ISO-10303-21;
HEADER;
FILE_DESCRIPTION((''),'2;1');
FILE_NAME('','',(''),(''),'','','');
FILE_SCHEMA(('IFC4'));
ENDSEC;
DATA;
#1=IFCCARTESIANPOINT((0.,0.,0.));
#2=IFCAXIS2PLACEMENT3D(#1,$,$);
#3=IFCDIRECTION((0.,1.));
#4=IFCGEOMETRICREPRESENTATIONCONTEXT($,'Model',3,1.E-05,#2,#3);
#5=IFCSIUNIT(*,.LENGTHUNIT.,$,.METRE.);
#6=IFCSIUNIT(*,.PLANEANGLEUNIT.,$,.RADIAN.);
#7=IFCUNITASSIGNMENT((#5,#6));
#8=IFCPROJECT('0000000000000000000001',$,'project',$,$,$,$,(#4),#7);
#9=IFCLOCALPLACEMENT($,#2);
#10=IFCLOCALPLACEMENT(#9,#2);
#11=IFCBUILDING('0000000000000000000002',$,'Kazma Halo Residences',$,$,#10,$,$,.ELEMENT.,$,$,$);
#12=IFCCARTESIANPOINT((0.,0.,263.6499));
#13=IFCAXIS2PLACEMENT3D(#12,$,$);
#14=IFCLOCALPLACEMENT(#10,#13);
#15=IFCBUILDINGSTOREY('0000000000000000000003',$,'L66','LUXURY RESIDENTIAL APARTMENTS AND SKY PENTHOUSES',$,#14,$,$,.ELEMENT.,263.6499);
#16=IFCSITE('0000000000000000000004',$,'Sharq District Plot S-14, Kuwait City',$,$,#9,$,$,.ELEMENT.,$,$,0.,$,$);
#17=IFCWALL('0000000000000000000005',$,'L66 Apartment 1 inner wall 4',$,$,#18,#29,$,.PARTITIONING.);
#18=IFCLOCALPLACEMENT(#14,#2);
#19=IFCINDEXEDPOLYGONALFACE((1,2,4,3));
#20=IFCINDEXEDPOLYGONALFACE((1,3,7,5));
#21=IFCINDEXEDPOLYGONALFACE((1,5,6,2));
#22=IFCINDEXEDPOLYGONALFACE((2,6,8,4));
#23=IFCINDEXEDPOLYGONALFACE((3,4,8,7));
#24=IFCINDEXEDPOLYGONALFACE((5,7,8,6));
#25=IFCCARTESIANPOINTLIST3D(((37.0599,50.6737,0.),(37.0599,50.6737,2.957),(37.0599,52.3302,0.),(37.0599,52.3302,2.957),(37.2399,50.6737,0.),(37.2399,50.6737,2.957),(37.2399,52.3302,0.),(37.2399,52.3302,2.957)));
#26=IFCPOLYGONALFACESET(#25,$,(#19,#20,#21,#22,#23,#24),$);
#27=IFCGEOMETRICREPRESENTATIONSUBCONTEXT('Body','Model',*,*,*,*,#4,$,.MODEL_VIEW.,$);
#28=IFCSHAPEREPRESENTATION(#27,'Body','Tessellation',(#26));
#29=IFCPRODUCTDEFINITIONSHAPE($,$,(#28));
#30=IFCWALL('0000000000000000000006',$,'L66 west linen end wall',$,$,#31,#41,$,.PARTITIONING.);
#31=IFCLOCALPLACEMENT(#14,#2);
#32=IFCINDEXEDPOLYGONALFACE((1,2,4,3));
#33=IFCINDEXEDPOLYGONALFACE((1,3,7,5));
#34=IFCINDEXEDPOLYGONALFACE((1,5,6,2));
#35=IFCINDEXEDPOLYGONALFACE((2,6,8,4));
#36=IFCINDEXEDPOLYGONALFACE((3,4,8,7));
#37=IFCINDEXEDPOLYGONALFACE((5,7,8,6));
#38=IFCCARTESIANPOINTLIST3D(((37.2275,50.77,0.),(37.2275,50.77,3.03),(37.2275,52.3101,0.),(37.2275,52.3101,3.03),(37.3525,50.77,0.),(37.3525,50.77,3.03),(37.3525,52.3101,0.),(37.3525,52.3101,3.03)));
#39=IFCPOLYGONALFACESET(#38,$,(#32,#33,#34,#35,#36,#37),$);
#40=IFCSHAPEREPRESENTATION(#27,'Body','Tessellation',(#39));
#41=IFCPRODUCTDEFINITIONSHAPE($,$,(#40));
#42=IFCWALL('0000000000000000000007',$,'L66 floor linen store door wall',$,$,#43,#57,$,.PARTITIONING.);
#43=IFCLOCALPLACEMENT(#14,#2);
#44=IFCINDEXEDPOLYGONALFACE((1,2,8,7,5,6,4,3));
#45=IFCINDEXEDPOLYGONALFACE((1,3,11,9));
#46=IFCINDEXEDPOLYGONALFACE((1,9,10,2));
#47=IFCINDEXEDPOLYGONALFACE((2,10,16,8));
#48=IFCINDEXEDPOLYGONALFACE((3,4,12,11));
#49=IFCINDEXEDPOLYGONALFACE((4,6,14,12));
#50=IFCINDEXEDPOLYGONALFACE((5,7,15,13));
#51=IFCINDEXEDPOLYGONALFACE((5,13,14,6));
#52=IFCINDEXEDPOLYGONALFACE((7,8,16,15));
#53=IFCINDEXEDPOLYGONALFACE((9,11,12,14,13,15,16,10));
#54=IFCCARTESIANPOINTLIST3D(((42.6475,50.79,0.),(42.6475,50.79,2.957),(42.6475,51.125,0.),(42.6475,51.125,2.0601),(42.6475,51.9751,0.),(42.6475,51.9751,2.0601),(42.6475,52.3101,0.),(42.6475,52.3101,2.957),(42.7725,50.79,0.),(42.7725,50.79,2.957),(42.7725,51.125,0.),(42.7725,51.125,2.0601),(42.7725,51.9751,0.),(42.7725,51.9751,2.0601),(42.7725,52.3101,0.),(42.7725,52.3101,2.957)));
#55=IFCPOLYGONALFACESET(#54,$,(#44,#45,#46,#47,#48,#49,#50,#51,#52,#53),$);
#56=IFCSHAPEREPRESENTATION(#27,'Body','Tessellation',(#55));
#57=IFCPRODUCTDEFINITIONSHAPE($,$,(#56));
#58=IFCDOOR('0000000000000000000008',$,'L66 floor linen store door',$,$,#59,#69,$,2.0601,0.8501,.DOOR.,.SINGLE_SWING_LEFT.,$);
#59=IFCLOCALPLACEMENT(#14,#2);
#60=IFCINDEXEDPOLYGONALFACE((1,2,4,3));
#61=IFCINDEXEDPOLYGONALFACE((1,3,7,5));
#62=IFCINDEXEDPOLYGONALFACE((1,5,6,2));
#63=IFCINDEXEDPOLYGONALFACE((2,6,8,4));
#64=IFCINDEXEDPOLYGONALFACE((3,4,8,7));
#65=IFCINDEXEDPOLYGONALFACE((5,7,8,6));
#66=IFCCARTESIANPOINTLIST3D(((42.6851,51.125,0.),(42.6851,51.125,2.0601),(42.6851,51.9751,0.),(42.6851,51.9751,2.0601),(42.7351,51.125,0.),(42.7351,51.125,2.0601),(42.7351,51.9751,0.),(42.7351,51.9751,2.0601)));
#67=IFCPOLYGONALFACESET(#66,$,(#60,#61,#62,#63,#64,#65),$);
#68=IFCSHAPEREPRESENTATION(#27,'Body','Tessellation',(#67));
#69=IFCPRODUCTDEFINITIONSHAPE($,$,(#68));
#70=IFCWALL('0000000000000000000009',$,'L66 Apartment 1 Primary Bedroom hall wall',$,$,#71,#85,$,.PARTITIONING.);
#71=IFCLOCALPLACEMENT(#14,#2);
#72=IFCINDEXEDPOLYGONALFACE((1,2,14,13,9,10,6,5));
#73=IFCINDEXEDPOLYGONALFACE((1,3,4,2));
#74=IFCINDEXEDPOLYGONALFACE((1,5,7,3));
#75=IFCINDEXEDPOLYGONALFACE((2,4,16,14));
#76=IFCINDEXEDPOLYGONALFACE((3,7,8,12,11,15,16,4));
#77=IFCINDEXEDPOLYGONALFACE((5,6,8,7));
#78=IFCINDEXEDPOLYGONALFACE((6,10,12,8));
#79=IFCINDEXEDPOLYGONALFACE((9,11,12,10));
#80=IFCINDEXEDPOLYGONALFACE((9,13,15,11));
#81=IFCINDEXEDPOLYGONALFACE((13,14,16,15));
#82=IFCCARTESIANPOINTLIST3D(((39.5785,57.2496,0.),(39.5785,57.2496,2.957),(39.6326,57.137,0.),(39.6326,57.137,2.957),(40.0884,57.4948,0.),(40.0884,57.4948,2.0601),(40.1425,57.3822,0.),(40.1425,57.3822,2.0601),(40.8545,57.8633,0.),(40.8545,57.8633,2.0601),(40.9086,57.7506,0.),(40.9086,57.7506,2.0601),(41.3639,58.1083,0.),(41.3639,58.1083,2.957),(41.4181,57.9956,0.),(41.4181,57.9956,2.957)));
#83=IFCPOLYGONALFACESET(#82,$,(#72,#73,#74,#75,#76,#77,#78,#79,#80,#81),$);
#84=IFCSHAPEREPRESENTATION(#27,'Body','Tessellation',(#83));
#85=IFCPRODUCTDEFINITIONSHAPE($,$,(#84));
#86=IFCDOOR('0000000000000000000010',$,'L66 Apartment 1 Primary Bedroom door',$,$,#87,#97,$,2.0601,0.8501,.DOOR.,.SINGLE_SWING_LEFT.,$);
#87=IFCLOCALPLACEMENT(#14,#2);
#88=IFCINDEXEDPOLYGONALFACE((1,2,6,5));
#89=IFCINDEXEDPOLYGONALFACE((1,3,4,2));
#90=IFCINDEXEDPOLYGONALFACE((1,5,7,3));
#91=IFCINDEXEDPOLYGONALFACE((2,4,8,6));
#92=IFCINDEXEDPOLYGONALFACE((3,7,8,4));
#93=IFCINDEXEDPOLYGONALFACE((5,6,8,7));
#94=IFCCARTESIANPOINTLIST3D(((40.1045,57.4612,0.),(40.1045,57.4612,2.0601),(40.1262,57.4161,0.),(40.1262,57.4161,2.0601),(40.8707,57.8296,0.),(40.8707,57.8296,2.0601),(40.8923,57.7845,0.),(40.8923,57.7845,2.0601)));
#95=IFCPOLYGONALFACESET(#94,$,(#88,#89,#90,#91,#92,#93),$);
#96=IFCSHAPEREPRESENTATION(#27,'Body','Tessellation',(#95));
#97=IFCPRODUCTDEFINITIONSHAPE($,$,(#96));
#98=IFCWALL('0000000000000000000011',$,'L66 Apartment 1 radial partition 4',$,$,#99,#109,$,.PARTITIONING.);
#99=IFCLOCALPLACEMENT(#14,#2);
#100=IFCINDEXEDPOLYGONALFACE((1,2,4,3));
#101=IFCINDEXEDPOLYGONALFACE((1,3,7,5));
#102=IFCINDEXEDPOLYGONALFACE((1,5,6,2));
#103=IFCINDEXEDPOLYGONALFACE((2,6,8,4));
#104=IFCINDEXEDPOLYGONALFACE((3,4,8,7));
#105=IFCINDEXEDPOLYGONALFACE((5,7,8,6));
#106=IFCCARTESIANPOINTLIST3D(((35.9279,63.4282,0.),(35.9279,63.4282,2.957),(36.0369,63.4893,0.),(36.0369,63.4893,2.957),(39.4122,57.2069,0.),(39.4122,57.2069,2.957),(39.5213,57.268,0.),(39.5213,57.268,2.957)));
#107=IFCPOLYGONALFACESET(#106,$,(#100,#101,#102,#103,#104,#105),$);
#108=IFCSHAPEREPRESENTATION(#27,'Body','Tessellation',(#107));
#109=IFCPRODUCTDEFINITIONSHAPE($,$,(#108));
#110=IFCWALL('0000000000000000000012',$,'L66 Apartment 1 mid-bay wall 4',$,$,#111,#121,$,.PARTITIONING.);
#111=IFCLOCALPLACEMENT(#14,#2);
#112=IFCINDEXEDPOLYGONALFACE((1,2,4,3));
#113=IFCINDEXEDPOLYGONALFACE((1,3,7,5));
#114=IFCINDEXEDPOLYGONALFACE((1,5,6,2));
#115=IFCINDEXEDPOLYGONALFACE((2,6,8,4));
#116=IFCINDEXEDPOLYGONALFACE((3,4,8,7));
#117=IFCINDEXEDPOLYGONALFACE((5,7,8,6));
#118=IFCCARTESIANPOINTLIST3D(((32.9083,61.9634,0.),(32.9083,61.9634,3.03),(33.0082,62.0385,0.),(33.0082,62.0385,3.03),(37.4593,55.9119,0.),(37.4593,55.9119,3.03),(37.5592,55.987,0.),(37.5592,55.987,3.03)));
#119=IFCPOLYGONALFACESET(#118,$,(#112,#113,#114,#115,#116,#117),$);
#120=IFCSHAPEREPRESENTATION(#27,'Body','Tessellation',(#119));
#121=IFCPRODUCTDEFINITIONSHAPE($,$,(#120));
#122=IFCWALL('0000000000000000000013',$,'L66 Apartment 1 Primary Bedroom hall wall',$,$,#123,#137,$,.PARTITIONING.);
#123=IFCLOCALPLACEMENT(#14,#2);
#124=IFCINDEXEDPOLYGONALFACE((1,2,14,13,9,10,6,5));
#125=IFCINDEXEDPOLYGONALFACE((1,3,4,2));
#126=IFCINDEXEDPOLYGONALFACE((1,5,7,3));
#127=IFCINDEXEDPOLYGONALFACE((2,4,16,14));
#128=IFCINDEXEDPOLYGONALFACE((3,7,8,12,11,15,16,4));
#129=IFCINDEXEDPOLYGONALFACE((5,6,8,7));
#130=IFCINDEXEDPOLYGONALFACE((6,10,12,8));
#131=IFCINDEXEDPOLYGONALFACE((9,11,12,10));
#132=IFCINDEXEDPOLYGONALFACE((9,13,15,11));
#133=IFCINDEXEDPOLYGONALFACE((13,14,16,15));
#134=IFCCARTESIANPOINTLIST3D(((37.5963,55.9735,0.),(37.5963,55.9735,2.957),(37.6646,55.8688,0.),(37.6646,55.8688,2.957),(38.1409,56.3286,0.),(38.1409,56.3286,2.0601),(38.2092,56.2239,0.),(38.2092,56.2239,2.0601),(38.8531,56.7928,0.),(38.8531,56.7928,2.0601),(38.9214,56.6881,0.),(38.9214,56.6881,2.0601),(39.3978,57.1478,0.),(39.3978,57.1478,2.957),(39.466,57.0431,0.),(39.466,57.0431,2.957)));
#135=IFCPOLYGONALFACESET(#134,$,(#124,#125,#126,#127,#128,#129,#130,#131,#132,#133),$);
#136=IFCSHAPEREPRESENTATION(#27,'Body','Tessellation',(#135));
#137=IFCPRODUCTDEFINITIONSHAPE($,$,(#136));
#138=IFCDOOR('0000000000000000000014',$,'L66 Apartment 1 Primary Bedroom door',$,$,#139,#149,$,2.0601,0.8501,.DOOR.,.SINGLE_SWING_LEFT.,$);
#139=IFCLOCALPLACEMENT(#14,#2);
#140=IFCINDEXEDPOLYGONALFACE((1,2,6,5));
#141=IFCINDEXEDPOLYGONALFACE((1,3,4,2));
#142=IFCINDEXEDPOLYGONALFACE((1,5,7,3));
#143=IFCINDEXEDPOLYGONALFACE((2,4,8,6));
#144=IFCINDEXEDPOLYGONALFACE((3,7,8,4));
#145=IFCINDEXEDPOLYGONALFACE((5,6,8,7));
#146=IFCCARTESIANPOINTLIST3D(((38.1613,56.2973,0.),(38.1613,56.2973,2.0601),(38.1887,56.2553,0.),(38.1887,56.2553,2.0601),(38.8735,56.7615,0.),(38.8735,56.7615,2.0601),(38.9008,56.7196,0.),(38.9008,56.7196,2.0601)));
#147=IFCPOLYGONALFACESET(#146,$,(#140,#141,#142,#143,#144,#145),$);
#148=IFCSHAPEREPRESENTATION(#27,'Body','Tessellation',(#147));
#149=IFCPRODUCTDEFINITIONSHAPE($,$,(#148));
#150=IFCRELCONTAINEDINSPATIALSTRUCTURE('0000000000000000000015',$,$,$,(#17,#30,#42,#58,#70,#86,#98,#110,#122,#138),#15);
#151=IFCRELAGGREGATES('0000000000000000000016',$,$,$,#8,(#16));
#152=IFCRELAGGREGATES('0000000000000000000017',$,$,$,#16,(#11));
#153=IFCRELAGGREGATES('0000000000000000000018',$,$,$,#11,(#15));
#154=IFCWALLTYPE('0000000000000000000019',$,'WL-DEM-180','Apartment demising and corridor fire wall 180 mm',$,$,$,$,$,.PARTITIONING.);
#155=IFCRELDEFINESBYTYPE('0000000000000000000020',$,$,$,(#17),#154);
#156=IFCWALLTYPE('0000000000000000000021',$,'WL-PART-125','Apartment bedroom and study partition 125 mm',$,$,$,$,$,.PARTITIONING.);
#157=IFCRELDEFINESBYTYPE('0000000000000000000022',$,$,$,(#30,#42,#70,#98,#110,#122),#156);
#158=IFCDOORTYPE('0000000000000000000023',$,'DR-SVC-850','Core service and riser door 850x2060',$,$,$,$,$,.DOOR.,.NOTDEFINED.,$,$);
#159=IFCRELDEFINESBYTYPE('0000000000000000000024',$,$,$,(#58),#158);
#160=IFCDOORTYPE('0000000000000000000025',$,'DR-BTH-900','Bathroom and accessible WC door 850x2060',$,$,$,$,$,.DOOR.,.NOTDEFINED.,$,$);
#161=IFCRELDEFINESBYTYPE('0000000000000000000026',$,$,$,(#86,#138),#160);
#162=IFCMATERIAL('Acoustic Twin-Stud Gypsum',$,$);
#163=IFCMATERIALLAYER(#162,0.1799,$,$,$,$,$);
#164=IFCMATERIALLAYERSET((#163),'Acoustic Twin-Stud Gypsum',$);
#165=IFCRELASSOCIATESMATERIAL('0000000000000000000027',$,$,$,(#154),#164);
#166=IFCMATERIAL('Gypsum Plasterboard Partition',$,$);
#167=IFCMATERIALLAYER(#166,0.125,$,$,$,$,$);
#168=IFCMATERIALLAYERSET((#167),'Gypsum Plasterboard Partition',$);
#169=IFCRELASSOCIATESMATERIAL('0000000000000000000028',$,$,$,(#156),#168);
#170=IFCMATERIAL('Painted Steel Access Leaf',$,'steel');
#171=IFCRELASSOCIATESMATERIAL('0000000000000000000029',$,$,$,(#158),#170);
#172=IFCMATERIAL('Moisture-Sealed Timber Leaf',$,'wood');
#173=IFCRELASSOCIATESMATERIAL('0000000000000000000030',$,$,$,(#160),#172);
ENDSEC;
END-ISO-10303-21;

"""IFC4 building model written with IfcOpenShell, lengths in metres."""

from ifc_helpers import new_model, si_unit, direction, frame, frame_2d, origin, place, context, subcontext, project, spatial, rectangle, extrude, material, layer, layer_set, type_object, element, fill, save


model = new_model("IFC4")

# Units and contexts
model_context = context("Model", 3, precision=1e-05, world=origin(), true_north=direction((0.0, 1.0)))
body_context = subcontext(model_context, "Body", "Model", "MODEL_VIEW")
ifc_project = project(units=[si_unit("LENGTHUNIT", "METRE"), si_unit("PLANEANGLEUNIT", "RADIAN")], contexts=[model_context])

# Site, building, storey
site_placement = place(None, origin())
site = spatial("IfcSite", under=ifc_project, at=site_placement, Name="Sharq District Plot S-14, Kuwait City", CompositionType="ELEMENT", RefElevation=0.0)
building_placement = place(site_placement, origin())
building = spatial("IfcBuilding", under=site, at=building_placement, Name="Kazma Halo Residences", CompositionType="ELEMENT")
storey_placement = place(building_placement, frame((0.0, 0.0, 263.6499)))
storey = spatial("IfcBuildingStorey", under=building, at=storey_placement, Name="L66", Description="LUXURY RESIDENTIAL APARTMENTS AND SKY PENTHOUSES", CompositionType="ELEMENT", Elevation=263.6499)

# Walls
ifc_material_1 = material(Name="Acoustic Twin-Stud Gypsum")
ifc_layer_1 = layer(ifc_material_1, 0.1799)
ifc_layer_set_1 = layer_set([ifc_layer_1], Name="Acoustic Twin-Stud Gypsum")
wall_type_1 = type_object("IfcWallType", Name="WL-DEM-180", Description="Apartment demising and corridor fire wall 180 mm", PredefinedType="PARTITIONING", material=ifc_layer_set_1)
wall_1_placement = place(storey_placement, frame((37.1499, 52.3301, 0.0), z_axis=(0.0, 0.0, 1.0), x_axis=(0.0, -1.0, 0.0)))
element("IfcWall", 1, at=wall_1_placement, inside=storey, type_object=wall_type_1, Name="L66 Apartment 1 inner wall 4", PredefinedType="PARTITIONING", context=body_context, shape_type="SweptSolid", body=[
    extrude(rectangle(XDim=1.6565, YDim=0.1799, at=frame_2d((0.8281, 0.0))), origin(), (0.0, 0.0, 1.0), 2.957),
])
ifc_material_2 = material(Name="Gypsum Plasterboard Partition")
ifc_layer_2 = layer(ifc_material_2, 0.125)
ifc_layer_set_2 = layer_set([ifc_layer_2], Name="Gypsum Plasterboard Partition")
wall_type_2 = type_object("IfcWallType", Name="WL-PART-125", Description="Apartment bedroom and study partition 125 mm", PredefinedType="PARTITIONING", material=ifc_layer_set_2)
wall_2_placement = place(storey_placement, frame((37.29, 50.77, 0.0), z_axis=(0.0, 0.0, 1.0), x_axis=(0.0, 1.0, 0.0)))
element("IfcWall", 2, at=wall_2_placement, inside=storey, type_object=wall_type_2, Name="L66 west linen end wall", PredefinedType="PARTITIONING", context=body_context, shape_type="SweptSolid", body=[
    extrude(rectangle(XDim=1.54, YDim=0.125, at=frame_2d((0.77, 0.0))), origin(), (0.0, 0.0, 1.0), 3.03),
])

# Walls, openings, doors
wall_3_placement = place(storey_placement, frame((42.71, 50.79, 0.0), z_axis=(0.0, 0.0, 1.0), x_axis=(0.0, 1.0, 0.0)))
wall_3 = element("IfcWall", 3, at=wall_3_placement, inside=storey, type_object=wall_type_2, Name="L66 floor linen store door wall", PredefinedType="PARTITIONING", context=body_context, shape_type="SweptSolid", body=[
    extrude(rectangle(XDim=1.52, YDim=0.125, at=frame_2d((0.76, 0.0))), origin(), (0.0, 0.0, 1.0), 2.957),
])
opening_1_placement = place(wall_3_placement, frame((0.335, 0.0, 0.0)))
opening_1 = element("IfcOpeningElement", 4, at=opening_1_placement, cuts=wall_3, PredefinedType="OPENING", context=body_context, shape_type="SweptSolid", body=[
    extrude(rectangle(XDim=0.8501, YDim=2.0601, at=frame_2d((0.425, 1.03))), frame((0.0, 0.0725, 0.0), z_axis=(0.0, -1.0, 0.0), x_axis=(1.0, 0.0, 0.0)), (0.0, 0.0, 1.0), 0.145),
])
ifc_material_3 = material(Name="Painted Steel Access Leaf", Category="steel")
door_type_1 = type_object("IfcDoorType", Name="DR-SVC-850", Description="Core service and riser door 850x2060", OperationType="NOTDEFINED", PredefinedType="DOOR", material=ifc_material_3)
door_1_placement = place(opening_1_placement, origin())
door_1 = element("IfcDoor", 5, at=door_1_placement, inside=storey, type_object=door_type_1, Name="L66 floor linen store door", OperationType="SINGLE_SWING_LEFT", OverallHeight=2.0601, OverallWidth=0.8501, PredefinedType="DOOR", context=body_context, shape_type="SweptSolid", body=[
    extrude(rectangle(XDim=0.8501, YDim=2.0601, at=frame_2d((0.425, 1.03))), frame((0.0, 0.0249, 0.0), z_axis=(0.0, -1.0, 0.0), x_axis=(1.0, 0.0, 0.0)), (0.0, 0.0, 1.0), 0.05),
])
fill(opening_1, door_1)
wall_4_placement = place(storey_placement, frame((41.3911, 58.052, 0.0), z_axis=(0.0, 0.0, 1.0), x_axis=(-0.901198, -0.433408, 0.0)))
wall_4 = element("IfcWall", 6, at=wall_4_placement, inside=storey, type_object=wall_type_2, Name="L66 Apartment 1 Primary Bedroom hall wall", PredefinedType="PARTITIONING", context=body_context, shape_type="SweptSolid", body=[
    extrude(rectangle(XDim=1.9812, YDim=0.125, at=frame_2d((0.9907, 0.0))), origin(), (0.0, 0.0, 1.0), 2.957),
])
opening_2_placement = place(wall_4_placement, frame((0.5654, 0.0, 0.0)))
opening_2 = element("IfcOpeningElement", 7, at=opening_2_placement, cuts=wall_4, PredefinedType="OPENING", context=body_context, shape_type="SweptSolid", body=[
    extrude(rectangle(XDim=0.8501, YDim=2.0601, at=frame_2d((0.425, 1.03))), frame((0.0, 0.0725, 0.0), z_axis=(0.0, -1.0, 0.0), x_axis=(1.0, 0.0, 0.0)), (0.0, 0.0, 1.0), 0.145),
])
ifc_material_4 = material(Name="Moisture-Sealed Timber Leaf", Category="wood")
door_type_2 = type_object("IfcDoorType", Name="DR-BTH-900", Description="Bathroom and accessible WC door 850x2060", OperationType="NOTDEFINED", PredefinedType="DOOR", material=ifc_material_4)
door_2_placement = place(opening_2_placement, origin())
door_2 = element("IfcDoor", 8, at=door_2_placement, inside=storey, type_object=door_type_2, Name="L66 Apartment 1 Primary Bedroom door", OperationType="SINGLE_SWING_LEFT", OverallHeight=2.0601, OverallWidth=0.8501, PredefinedType="DOOR", context=body_context, shape_type="SweptSolid", body=[
    extrude(rectangle(XDim=0.8501, YDim=2.0601, at=frame_2d((0.425, 1.03))), frame((0.0, 0.0249, 0.0), z_axis=(0.0, -1.0, 0.0), x_axis=(1.0, 0.0, 0.0)), (0.0, 0.0, 1.0), 0.05),
])
fill(opening_2, door_2)

# Walls
wall_5_placement = place(storey_placement, frame((39.4668, 57.2373, 0.0), z_axis=(0.0, 0.0, 1.0), x_axis=(-0.488643, 0.872484, 0.0)))
element("IfcWall", 9, at=wall_5_placement, inside=storey, type_object=wall_type_2, Name="L66 Apartment 1 radial partition 4", PredefinedType="PARTITIONING", context=body_context, shape_type="SweptSolid", body=[
    extrude(rectangle(XDim=7.1306, YDim=0.125, at=frame_2d((3.5654, 0.0))), origin(), (0.0, 0.0, 1.0), 2.957),
])
wall_6_placement = place(storey_placement, frame((37.5093, 55.9495, 0.0), z_axis=(0.0, 0.0, 1.0), x_axis=(-0.601047, 0.799214, 0.0)))
element("IfcWall", 10, at=wall_6_placement, inside=storey, type_object=wall_type_2, Name="L66 Apartment 1 mid-bay wall 4", PredefinedType="PARTITIONING", context=body_context, shape_type="SweptSolid", body=[
    extrude(rectangle(XDim=7.5718, YDim=0.125, at=frame_2d((3.7859, 0.0))), origin(), (0.0, 0.0, 1.0), 3.03),
])

# Wall, opening, door
wall_7_placement = place(storey_placement, frame((39.4319, 57.0955, 0.0), z_axis=(0.0, 0.0, 1.0), x_axis=(-0.837735, -0.546077, 0.0)))
wall_7 = element("IfcWall", 11, at=wall_7_placement, inside=storey, type_object=wall_type_2, Name="L66 Apartment 1 Primary Bedroom hall wall", PredefinedType="PARTITIONING", context=body_context, shape_type="SweptSolid", body=[
    extrude(rectangle(XDim=2.1504, YDim=0.125, at=frame_2d((1.0752, 0.0))), origin(), (0.0, 0.0, 1.0), 2.957),
])
opening_3_placement = place(wall_7_placement, frame((0.6501, 0.0, 0.0)))
opening_3 = element("IfcOpeningElement", 12, at=opening_3_placement, cuts=wall_7, PredefinedType="OPENING", context=body_context, shape_type="SweptSolid", body=[
    extrude(rectangle(XDim=0.8501, YDim=2.0601, at=frame_2d((0.425, 1.03))), frame((0.0, 0.0725, 0.0), z_axis=(0.0, -1.0, 0.0), x_axis=(1.0, 0.0, 0.0)), (0.0, 0.0, 1.0), 0.145),
])
door_3_placement = place(opening_3_placement, origin())
door_3 = element("IfcDoor", 13, at=door_3_placement, inside=storey, type_object=door_type_2, Name="L66 Apartment 1 Primary Bedroom door", OperationType="SINGLE_SWING_LEFT", OverallHeight=2.0601, OverallWidth=0.8501, PredefinedType="DOOR", context=body_context, shape_type="SweptSolid", body=[
    extrude(rectangle(XDim=0.8501, YDim=2.0601, at=frame_2d((0.425, 1.03))), frame((0.0, 0.0249, 0.0), z_axis=(0.0, -1.0, 0.0), x_axis=(1.0, 0.0, 0.0)), (0.0, 0.0, 1.0), 0.05),
])
fill(opening_3, door_3)

save(model, "model.ifc")
